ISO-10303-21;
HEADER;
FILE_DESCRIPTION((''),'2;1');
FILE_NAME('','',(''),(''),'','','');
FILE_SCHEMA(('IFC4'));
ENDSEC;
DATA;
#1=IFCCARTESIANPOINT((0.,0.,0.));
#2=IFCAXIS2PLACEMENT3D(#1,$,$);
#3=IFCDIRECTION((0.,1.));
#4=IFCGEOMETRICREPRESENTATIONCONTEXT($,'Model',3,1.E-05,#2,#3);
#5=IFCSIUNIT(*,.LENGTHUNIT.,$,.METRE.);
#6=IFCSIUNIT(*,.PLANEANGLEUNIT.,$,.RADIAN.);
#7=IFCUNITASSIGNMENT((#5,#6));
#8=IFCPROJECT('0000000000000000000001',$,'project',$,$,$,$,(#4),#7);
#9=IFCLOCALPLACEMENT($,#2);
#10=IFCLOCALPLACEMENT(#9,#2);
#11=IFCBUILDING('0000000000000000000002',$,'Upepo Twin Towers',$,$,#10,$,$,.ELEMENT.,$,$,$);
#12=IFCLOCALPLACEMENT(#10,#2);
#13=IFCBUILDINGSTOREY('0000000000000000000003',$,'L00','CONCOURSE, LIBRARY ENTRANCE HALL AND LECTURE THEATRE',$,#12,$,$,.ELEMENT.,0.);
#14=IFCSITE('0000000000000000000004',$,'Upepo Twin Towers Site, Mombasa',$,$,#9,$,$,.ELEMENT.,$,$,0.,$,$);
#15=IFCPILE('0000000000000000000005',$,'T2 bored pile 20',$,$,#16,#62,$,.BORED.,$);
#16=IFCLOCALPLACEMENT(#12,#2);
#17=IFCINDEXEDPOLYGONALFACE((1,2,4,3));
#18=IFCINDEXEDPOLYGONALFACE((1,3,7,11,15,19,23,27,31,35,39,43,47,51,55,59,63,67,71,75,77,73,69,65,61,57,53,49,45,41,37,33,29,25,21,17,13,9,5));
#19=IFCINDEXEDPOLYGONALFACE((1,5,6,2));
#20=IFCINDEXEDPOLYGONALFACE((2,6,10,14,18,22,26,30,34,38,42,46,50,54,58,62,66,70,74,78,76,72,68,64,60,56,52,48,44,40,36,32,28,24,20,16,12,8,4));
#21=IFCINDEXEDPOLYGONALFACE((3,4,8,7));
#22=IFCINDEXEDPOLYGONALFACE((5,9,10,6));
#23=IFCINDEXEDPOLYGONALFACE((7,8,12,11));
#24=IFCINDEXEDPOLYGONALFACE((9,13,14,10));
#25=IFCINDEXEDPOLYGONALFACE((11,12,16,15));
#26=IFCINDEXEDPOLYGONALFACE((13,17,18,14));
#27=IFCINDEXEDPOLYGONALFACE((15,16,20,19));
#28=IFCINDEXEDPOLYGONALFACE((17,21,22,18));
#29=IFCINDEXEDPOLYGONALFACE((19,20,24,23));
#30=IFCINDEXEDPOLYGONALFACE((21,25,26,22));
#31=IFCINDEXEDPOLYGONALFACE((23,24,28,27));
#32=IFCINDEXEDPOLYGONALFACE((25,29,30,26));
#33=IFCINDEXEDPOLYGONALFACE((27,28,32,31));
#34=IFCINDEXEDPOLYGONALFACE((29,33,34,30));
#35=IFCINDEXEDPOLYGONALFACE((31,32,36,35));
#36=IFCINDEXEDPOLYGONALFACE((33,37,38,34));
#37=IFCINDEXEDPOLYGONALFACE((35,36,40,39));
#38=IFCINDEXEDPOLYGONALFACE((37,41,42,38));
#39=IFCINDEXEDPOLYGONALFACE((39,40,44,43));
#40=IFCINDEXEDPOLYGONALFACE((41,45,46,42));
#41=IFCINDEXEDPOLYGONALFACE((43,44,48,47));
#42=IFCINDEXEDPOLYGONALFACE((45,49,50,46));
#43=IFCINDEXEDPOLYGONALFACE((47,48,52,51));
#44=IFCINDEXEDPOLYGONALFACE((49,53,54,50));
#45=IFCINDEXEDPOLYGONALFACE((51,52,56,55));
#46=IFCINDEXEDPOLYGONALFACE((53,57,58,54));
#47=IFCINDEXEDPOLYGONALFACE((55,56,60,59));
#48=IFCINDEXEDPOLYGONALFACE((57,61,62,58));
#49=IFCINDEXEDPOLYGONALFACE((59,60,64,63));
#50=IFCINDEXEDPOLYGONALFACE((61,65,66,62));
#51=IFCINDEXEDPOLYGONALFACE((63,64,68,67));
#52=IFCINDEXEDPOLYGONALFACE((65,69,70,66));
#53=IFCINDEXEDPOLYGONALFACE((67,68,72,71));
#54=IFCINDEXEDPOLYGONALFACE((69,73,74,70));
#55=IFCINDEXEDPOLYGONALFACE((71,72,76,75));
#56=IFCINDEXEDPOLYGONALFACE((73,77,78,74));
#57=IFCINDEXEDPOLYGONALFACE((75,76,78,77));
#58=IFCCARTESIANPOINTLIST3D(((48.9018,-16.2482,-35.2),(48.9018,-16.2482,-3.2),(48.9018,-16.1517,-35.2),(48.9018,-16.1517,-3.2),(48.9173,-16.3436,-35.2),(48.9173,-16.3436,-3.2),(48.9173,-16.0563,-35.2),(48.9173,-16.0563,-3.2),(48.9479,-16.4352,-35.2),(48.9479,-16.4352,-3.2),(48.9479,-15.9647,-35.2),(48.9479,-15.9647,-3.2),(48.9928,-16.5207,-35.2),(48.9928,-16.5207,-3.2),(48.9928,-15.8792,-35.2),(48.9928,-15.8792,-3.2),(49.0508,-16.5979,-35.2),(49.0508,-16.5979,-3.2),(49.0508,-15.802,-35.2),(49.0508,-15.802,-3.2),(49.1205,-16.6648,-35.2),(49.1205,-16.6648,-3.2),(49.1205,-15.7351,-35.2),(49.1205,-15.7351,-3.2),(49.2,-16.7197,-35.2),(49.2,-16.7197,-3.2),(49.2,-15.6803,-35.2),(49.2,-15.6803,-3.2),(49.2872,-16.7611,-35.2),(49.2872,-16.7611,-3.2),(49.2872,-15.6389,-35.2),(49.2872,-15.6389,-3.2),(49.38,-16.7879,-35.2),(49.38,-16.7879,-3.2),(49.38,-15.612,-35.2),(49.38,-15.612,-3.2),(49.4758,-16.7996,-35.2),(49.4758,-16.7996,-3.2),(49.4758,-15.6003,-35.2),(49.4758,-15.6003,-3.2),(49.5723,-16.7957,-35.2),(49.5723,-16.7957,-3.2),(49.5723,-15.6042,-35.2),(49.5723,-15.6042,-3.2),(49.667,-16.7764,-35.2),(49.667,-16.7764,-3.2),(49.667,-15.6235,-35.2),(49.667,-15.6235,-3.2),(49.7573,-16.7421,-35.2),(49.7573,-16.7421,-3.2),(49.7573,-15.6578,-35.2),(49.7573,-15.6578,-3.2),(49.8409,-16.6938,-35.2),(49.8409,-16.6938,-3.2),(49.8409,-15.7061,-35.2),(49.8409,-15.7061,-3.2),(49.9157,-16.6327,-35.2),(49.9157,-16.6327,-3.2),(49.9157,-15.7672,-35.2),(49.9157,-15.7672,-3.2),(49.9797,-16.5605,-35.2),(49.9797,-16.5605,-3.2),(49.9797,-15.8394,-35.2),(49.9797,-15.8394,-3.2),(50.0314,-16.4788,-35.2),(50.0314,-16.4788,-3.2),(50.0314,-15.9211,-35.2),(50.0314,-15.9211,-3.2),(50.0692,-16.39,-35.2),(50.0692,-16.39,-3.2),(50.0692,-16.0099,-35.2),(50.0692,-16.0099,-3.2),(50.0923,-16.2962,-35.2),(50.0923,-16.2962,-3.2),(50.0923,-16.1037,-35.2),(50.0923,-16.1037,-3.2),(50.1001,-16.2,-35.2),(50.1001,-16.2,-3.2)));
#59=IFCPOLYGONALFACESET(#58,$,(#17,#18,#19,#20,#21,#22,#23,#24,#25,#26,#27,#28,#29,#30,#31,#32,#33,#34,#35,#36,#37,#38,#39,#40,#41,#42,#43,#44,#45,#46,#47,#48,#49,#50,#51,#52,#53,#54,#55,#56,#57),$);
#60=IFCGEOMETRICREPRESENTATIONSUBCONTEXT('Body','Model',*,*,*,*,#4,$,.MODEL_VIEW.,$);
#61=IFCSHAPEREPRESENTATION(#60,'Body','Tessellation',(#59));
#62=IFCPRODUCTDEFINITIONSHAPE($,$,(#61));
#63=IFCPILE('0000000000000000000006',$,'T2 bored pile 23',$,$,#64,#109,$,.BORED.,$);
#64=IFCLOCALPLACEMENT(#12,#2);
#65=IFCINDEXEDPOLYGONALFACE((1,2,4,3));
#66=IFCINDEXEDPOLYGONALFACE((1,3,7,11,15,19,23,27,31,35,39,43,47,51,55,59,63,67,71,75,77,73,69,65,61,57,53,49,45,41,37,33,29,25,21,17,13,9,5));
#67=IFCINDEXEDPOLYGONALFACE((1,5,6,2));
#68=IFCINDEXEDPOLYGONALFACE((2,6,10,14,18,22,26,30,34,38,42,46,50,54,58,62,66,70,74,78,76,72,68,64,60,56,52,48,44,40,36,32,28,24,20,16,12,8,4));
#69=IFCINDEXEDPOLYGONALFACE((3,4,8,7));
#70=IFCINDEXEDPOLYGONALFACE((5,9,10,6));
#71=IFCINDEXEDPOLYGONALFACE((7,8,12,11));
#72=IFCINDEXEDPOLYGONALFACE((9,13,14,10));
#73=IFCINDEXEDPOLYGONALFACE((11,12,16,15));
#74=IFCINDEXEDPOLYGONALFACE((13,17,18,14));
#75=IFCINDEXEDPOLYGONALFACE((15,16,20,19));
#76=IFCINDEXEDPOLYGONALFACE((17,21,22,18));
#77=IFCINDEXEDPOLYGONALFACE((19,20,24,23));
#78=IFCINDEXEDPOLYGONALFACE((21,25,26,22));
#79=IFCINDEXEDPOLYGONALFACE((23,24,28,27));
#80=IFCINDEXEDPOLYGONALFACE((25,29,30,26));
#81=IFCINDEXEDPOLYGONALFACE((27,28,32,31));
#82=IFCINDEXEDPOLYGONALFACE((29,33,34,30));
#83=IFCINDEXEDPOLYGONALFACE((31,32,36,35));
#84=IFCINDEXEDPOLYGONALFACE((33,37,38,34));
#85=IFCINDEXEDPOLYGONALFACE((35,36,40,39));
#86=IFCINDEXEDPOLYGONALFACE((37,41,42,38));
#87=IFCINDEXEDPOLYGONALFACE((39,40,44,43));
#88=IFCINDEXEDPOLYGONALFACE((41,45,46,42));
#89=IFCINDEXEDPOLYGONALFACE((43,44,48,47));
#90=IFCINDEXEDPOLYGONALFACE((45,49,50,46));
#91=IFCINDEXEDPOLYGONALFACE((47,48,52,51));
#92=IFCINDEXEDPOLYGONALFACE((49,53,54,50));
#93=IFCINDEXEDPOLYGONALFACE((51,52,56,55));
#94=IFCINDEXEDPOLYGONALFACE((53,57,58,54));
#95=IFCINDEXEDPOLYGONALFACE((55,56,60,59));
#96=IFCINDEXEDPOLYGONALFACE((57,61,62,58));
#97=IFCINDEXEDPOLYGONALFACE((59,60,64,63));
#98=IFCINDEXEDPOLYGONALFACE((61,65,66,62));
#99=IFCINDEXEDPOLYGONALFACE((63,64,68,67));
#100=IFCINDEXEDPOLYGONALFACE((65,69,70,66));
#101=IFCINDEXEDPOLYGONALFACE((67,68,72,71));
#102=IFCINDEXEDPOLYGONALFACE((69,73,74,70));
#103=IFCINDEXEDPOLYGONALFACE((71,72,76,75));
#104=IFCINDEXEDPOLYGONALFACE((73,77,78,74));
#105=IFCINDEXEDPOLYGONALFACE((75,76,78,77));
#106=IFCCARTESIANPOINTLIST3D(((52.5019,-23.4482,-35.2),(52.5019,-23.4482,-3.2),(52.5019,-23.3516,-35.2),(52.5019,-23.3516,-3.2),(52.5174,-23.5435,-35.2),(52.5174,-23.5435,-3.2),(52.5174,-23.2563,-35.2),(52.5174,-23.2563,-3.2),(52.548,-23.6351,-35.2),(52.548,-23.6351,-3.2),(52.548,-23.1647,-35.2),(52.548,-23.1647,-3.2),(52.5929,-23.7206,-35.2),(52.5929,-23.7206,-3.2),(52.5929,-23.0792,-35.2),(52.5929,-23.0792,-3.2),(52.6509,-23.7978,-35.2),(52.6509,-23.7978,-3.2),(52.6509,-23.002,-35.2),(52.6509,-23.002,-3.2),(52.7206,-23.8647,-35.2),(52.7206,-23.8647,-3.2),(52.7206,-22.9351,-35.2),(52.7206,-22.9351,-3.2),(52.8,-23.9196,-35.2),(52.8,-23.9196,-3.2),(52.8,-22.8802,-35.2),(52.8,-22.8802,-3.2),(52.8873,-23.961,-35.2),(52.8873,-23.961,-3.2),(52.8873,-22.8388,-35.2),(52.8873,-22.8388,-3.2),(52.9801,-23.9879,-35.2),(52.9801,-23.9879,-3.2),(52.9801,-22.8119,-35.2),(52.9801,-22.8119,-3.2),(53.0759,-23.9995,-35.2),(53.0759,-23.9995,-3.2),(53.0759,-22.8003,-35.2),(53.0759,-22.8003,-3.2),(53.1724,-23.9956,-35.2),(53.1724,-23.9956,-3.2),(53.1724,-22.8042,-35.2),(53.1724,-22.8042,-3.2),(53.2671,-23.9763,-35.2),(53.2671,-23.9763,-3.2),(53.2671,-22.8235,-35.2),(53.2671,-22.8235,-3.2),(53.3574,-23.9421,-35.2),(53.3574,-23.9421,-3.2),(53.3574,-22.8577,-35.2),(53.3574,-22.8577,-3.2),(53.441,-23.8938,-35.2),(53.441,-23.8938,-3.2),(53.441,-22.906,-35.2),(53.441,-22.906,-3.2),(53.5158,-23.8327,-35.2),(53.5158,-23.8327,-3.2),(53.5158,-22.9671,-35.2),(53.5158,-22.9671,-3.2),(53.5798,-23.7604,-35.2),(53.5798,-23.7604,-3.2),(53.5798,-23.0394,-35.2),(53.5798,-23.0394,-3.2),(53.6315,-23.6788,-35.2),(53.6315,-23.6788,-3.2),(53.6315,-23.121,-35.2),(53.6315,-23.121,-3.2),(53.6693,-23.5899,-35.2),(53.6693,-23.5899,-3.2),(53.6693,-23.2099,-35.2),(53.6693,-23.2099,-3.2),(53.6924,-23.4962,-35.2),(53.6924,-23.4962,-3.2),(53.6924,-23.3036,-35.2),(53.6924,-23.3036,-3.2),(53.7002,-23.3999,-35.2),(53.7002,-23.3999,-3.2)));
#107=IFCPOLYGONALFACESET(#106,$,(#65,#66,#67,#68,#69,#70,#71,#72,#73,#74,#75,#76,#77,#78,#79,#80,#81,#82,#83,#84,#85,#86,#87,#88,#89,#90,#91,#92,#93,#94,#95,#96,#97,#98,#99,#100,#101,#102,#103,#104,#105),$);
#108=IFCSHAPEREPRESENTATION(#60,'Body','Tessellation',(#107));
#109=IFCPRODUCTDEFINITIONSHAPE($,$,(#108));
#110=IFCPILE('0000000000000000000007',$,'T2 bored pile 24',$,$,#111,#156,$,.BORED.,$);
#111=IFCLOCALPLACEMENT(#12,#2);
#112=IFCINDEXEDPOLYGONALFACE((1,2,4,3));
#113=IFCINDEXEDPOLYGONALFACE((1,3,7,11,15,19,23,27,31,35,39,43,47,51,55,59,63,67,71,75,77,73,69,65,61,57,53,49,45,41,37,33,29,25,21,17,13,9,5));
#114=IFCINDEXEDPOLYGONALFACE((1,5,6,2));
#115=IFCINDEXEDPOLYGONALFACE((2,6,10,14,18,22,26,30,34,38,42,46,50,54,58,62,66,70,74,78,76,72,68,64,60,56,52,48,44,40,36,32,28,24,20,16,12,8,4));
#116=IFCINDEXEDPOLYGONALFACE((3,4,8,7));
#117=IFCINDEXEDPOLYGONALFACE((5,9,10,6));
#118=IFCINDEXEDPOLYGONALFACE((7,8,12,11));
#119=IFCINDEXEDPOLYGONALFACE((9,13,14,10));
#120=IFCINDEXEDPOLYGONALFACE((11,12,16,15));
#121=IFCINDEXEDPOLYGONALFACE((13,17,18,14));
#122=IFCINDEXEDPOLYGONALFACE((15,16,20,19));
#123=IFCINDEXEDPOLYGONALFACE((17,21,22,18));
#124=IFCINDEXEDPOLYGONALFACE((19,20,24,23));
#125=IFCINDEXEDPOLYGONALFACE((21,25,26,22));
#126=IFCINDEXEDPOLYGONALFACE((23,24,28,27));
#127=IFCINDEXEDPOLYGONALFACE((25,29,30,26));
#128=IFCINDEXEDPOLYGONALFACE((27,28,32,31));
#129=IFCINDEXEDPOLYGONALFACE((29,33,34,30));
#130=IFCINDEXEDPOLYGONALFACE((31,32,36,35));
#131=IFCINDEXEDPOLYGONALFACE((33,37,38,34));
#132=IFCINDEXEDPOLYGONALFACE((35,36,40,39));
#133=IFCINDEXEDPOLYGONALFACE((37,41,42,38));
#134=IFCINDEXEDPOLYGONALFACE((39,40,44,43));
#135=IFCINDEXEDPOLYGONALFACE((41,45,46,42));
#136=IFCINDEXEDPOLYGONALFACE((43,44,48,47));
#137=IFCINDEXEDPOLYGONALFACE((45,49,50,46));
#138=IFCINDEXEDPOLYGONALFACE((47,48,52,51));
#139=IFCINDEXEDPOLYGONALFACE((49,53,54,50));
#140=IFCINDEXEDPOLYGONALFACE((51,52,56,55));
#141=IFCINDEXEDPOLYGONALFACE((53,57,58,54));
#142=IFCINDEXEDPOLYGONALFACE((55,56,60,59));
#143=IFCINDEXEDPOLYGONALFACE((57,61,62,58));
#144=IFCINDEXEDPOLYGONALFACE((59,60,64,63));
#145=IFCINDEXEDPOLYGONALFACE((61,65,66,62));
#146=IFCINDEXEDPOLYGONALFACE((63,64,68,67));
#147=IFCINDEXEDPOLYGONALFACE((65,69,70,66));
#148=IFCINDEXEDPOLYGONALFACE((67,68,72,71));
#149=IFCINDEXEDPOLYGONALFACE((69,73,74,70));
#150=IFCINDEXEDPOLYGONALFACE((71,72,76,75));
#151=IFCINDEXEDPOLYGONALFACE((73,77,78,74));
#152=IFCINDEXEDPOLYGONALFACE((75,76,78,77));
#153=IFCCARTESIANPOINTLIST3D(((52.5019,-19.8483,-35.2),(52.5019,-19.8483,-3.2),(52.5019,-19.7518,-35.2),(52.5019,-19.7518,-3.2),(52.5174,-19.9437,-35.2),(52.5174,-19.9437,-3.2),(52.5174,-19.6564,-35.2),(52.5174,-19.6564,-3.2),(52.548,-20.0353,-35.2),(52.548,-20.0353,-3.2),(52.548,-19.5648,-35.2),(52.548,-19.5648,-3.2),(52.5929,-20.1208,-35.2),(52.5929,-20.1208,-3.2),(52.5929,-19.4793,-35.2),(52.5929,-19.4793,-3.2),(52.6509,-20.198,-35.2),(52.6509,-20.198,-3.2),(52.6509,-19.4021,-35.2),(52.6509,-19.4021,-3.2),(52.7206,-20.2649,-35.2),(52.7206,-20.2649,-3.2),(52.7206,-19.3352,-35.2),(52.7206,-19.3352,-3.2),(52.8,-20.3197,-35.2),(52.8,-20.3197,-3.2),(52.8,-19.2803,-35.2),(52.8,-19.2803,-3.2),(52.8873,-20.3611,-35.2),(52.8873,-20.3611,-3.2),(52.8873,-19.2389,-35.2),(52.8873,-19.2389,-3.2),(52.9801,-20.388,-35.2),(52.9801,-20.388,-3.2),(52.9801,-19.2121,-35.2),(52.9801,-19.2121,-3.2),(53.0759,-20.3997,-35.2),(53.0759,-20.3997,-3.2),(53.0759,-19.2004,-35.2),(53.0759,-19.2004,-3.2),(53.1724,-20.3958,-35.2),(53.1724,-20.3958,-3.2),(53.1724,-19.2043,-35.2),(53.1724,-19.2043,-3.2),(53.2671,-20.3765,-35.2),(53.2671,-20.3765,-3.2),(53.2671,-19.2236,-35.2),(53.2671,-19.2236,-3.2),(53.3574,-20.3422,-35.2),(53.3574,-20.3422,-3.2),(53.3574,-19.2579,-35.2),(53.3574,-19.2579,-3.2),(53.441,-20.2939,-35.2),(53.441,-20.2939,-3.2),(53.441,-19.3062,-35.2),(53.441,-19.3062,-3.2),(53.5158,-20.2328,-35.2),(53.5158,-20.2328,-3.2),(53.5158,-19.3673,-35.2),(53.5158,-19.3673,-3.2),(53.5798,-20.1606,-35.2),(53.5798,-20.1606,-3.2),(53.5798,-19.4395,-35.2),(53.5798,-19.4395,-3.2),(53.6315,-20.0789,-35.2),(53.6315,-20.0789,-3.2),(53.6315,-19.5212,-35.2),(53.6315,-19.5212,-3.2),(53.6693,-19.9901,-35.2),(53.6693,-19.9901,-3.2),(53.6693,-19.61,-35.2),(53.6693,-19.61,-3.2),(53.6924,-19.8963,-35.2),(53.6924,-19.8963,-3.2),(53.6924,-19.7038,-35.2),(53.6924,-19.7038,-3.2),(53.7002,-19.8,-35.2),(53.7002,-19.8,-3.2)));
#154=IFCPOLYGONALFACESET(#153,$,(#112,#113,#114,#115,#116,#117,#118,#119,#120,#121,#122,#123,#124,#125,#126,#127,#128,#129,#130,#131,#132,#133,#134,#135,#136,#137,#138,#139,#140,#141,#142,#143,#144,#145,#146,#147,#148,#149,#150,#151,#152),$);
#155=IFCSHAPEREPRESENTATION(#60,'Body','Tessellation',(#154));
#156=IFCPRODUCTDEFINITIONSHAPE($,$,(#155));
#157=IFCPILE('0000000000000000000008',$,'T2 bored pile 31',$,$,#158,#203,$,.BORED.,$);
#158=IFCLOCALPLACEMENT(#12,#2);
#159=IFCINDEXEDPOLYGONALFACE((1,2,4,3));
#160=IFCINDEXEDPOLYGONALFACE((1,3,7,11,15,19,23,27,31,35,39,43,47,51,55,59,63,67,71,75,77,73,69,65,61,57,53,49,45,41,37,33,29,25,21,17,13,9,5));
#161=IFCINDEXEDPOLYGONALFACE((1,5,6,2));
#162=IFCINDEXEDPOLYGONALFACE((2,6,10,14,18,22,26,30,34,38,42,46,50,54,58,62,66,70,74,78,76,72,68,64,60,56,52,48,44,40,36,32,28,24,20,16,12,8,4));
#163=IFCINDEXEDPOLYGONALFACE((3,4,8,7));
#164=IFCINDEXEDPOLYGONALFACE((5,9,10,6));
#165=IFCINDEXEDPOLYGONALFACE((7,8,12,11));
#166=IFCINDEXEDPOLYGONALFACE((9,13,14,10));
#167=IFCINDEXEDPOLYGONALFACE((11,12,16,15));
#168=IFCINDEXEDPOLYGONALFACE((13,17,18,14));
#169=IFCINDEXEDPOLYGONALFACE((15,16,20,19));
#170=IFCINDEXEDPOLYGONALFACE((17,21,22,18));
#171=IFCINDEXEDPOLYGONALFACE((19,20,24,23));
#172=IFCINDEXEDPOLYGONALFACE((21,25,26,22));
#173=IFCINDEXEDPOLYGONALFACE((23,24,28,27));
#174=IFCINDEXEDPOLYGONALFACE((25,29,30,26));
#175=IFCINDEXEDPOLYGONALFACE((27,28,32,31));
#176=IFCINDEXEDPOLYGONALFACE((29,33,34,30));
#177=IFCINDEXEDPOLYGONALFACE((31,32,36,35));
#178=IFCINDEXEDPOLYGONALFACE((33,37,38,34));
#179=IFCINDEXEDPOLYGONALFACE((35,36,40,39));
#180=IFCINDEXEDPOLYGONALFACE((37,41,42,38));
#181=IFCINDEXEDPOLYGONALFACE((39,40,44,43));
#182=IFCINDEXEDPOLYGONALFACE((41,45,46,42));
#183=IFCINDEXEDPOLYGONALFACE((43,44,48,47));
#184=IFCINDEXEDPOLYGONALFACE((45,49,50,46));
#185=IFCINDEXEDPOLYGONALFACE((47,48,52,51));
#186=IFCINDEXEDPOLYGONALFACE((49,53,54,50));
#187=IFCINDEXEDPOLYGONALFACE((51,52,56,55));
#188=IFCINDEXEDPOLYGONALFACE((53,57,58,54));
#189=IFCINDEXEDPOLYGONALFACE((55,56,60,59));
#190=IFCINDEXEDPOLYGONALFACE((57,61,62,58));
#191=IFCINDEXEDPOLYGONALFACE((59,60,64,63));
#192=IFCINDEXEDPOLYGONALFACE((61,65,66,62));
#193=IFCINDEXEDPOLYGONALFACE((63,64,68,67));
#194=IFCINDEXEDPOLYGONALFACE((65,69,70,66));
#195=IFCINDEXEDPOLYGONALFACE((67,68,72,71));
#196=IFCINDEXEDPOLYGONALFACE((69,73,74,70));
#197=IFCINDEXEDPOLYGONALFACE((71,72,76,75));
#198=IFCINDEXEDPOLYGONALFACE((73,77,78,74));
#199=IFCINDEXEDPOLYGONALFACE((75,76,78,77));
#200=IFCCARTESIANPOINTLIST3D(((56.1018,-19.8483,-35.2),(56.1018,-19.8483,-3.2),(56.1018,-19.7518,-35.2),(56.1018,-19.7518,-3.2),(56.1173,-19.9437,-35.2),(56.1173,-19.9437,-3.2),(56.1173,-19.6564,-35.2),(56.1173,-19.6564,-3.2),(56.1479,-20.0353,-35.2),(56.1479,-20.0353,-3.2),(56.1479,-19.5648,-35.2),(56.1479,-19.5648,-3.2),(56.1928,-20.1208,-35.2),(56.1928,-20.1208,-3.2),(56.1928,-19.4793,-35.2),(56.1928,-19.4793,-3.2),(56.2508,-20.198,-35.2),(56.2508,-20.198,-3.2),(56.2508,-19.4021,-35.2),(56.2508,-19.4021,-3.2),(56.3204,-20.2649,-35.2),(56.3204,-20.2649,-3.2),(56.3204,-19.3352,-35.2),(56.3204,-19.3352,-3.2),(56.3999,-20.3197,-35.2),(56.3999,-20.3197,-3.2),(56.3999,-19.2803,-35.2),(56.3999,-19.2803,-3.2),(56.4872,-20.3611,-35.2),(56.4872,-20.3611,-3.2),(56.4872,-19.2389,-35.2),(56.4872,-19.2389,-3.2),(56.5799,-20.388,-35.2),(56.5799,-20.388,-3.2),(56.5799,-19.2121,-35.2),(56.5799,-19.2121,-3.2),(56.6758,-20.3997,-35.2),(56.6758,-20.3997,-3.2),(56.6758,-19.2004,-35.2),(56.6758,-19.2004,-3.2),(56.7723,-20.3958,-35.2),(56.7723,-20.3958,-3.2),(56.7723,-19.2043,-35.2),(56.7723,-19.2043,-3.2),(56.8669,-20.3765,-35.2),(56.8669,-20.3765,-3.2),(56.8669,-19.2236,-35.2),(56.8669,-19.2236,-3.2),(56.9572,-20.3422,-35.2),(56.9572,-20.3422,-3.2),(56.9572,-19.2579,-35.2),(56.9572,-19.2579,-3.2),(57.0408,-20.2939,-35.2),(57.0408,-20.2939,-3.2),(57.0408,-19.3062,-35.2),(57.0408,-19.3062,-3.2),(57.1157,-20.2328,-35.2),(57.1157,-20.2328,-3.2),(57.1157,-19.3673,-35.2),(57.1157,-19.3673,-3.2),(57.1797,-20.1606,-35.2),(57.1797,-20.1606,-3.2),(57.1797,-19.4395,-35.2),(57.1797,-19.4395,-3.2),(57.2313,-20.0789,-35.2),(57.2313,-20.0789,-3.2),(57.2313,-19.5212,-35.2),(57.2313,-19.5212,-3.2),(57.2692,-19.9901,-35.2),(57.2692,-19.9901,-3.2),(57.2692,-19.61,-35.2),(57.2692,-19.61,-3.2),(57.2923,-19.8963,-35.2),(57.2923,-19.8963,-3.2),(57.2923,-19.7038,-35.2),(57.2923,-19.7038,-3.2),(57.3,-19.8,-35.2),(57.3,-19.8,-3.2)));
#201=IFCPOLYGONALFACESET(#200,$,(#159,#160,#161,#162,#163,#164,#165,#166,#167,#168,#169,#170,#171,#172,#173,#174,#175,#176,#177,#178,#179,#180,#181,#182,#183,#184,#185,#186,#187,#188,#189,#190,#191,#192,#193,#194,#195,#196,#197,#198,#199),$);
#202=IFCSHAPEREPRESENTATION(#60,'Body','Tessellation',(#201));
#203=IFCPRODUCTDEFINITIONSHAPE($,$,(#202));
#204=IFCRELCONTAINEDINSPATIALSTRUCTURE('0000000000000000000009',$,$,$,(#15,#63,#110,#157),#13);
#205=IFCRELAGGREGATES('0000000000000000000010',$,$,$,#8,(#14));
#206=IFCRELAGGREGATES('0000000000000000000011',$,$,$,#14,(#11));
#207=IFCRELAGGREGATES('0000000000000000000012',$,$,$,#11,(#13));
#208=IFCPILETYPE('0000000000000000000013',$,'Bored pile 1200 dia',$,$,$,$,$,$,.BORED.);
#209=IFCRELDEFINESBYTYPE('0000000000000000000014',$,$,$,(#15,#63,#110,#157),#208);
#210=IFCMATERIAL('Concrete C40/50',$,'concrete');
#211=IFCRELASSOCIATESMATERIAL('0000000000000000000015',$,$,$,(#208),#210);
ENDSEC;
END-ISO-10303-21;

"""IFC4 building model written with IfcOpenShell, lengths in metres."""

from ifc_helpers import new_model, si_unit, direction, frame, origin, origin_2d, place, context, subcontext, project, spatial, circle, extrude, material, type_object, element, save


model = new_model("IFC4")

# Units and contexts
model_context = context("Model", 3, precision=1e-05, world=origin(), true_north=direction((0.0, 1.0)))
body_context = subcontext(model_context, "Body", "Model", "MODEL_VIEW")
ifc_project = project(units=[si_unit("LENGTHUNIT", "METRE"), si_unit("PLANEANGLEUNIT", "RADIAN")], contexts=[model_context])

# Site, building, storey
site_placement = place(None, origin())
site = spatial("IfcSite", under=ifc_project, at=site_placement, Name="Upepo Twin Towers Site, Mombasa", CompositionType="ELEMENT", RefElevation=0.0)
building_placement = place(site_placement, origin())
building = spatial("IfcBuilding", under=site, at=building_placement, Name="Upepo Twin Towers", CompositionType="ELEMENT")
storey_placement = place(building_placement, origin())
storey = spatial("IfcBuildingStorey", under=building, at=storey_placement, Name="L00", Description="CONCOURSE, LIBRARY ENTRANCE HALL AND LECTURE THEATRE", CompositionType="ELEMENT", Elevation=0.0)

# Piles
ifc_material_1 = material(Name="Concrete C40/50", Category="concrete")
pile_type = type_object("IfcPileType", Name="Bored pile 1200 dia", PredefinedType="BORED", material=ifc_material_1)
for number, where, z_axis, x_axis, name in (
    (1, (49.5, -16.2, -3.2), (0.0, 0.0, -1.0), (1.0, 0.0, 0.0), "T2 bored pile 20"),
    (2, (53.1001, -23.3999, -3.2), (0.0, 0.0, -1.0), (1.0, 0.0, 0.0), "T2 bored pile 23"),
    (3, (53.1001, -19.8, -3.2), (0.0, 0.0, -1.0), (1.0, 0.0, 0.0), "T2 bored pile 24"),
    (4, (56.7, -19.8, -3.2), (0.0, 0.0, -1.0), (1.0, 0.0, 0.0), "T2 bored pile 31"),
):
    element("IfcPile", number, at=place(storey_placement, frame(where, z_axis=z_axis, x_axis=x_axis)), inside=storey, type_object=pile_type, Name=name, PredefinedType="BORED", context=body_context, shape_type="SweptSolid", body=[
        extrude(circle(Radius=0.6001, at=origin_2d()), origin(), (0.0, 0.0, 1.0), 32.0),
    ])

save(model, "model.ifc")
